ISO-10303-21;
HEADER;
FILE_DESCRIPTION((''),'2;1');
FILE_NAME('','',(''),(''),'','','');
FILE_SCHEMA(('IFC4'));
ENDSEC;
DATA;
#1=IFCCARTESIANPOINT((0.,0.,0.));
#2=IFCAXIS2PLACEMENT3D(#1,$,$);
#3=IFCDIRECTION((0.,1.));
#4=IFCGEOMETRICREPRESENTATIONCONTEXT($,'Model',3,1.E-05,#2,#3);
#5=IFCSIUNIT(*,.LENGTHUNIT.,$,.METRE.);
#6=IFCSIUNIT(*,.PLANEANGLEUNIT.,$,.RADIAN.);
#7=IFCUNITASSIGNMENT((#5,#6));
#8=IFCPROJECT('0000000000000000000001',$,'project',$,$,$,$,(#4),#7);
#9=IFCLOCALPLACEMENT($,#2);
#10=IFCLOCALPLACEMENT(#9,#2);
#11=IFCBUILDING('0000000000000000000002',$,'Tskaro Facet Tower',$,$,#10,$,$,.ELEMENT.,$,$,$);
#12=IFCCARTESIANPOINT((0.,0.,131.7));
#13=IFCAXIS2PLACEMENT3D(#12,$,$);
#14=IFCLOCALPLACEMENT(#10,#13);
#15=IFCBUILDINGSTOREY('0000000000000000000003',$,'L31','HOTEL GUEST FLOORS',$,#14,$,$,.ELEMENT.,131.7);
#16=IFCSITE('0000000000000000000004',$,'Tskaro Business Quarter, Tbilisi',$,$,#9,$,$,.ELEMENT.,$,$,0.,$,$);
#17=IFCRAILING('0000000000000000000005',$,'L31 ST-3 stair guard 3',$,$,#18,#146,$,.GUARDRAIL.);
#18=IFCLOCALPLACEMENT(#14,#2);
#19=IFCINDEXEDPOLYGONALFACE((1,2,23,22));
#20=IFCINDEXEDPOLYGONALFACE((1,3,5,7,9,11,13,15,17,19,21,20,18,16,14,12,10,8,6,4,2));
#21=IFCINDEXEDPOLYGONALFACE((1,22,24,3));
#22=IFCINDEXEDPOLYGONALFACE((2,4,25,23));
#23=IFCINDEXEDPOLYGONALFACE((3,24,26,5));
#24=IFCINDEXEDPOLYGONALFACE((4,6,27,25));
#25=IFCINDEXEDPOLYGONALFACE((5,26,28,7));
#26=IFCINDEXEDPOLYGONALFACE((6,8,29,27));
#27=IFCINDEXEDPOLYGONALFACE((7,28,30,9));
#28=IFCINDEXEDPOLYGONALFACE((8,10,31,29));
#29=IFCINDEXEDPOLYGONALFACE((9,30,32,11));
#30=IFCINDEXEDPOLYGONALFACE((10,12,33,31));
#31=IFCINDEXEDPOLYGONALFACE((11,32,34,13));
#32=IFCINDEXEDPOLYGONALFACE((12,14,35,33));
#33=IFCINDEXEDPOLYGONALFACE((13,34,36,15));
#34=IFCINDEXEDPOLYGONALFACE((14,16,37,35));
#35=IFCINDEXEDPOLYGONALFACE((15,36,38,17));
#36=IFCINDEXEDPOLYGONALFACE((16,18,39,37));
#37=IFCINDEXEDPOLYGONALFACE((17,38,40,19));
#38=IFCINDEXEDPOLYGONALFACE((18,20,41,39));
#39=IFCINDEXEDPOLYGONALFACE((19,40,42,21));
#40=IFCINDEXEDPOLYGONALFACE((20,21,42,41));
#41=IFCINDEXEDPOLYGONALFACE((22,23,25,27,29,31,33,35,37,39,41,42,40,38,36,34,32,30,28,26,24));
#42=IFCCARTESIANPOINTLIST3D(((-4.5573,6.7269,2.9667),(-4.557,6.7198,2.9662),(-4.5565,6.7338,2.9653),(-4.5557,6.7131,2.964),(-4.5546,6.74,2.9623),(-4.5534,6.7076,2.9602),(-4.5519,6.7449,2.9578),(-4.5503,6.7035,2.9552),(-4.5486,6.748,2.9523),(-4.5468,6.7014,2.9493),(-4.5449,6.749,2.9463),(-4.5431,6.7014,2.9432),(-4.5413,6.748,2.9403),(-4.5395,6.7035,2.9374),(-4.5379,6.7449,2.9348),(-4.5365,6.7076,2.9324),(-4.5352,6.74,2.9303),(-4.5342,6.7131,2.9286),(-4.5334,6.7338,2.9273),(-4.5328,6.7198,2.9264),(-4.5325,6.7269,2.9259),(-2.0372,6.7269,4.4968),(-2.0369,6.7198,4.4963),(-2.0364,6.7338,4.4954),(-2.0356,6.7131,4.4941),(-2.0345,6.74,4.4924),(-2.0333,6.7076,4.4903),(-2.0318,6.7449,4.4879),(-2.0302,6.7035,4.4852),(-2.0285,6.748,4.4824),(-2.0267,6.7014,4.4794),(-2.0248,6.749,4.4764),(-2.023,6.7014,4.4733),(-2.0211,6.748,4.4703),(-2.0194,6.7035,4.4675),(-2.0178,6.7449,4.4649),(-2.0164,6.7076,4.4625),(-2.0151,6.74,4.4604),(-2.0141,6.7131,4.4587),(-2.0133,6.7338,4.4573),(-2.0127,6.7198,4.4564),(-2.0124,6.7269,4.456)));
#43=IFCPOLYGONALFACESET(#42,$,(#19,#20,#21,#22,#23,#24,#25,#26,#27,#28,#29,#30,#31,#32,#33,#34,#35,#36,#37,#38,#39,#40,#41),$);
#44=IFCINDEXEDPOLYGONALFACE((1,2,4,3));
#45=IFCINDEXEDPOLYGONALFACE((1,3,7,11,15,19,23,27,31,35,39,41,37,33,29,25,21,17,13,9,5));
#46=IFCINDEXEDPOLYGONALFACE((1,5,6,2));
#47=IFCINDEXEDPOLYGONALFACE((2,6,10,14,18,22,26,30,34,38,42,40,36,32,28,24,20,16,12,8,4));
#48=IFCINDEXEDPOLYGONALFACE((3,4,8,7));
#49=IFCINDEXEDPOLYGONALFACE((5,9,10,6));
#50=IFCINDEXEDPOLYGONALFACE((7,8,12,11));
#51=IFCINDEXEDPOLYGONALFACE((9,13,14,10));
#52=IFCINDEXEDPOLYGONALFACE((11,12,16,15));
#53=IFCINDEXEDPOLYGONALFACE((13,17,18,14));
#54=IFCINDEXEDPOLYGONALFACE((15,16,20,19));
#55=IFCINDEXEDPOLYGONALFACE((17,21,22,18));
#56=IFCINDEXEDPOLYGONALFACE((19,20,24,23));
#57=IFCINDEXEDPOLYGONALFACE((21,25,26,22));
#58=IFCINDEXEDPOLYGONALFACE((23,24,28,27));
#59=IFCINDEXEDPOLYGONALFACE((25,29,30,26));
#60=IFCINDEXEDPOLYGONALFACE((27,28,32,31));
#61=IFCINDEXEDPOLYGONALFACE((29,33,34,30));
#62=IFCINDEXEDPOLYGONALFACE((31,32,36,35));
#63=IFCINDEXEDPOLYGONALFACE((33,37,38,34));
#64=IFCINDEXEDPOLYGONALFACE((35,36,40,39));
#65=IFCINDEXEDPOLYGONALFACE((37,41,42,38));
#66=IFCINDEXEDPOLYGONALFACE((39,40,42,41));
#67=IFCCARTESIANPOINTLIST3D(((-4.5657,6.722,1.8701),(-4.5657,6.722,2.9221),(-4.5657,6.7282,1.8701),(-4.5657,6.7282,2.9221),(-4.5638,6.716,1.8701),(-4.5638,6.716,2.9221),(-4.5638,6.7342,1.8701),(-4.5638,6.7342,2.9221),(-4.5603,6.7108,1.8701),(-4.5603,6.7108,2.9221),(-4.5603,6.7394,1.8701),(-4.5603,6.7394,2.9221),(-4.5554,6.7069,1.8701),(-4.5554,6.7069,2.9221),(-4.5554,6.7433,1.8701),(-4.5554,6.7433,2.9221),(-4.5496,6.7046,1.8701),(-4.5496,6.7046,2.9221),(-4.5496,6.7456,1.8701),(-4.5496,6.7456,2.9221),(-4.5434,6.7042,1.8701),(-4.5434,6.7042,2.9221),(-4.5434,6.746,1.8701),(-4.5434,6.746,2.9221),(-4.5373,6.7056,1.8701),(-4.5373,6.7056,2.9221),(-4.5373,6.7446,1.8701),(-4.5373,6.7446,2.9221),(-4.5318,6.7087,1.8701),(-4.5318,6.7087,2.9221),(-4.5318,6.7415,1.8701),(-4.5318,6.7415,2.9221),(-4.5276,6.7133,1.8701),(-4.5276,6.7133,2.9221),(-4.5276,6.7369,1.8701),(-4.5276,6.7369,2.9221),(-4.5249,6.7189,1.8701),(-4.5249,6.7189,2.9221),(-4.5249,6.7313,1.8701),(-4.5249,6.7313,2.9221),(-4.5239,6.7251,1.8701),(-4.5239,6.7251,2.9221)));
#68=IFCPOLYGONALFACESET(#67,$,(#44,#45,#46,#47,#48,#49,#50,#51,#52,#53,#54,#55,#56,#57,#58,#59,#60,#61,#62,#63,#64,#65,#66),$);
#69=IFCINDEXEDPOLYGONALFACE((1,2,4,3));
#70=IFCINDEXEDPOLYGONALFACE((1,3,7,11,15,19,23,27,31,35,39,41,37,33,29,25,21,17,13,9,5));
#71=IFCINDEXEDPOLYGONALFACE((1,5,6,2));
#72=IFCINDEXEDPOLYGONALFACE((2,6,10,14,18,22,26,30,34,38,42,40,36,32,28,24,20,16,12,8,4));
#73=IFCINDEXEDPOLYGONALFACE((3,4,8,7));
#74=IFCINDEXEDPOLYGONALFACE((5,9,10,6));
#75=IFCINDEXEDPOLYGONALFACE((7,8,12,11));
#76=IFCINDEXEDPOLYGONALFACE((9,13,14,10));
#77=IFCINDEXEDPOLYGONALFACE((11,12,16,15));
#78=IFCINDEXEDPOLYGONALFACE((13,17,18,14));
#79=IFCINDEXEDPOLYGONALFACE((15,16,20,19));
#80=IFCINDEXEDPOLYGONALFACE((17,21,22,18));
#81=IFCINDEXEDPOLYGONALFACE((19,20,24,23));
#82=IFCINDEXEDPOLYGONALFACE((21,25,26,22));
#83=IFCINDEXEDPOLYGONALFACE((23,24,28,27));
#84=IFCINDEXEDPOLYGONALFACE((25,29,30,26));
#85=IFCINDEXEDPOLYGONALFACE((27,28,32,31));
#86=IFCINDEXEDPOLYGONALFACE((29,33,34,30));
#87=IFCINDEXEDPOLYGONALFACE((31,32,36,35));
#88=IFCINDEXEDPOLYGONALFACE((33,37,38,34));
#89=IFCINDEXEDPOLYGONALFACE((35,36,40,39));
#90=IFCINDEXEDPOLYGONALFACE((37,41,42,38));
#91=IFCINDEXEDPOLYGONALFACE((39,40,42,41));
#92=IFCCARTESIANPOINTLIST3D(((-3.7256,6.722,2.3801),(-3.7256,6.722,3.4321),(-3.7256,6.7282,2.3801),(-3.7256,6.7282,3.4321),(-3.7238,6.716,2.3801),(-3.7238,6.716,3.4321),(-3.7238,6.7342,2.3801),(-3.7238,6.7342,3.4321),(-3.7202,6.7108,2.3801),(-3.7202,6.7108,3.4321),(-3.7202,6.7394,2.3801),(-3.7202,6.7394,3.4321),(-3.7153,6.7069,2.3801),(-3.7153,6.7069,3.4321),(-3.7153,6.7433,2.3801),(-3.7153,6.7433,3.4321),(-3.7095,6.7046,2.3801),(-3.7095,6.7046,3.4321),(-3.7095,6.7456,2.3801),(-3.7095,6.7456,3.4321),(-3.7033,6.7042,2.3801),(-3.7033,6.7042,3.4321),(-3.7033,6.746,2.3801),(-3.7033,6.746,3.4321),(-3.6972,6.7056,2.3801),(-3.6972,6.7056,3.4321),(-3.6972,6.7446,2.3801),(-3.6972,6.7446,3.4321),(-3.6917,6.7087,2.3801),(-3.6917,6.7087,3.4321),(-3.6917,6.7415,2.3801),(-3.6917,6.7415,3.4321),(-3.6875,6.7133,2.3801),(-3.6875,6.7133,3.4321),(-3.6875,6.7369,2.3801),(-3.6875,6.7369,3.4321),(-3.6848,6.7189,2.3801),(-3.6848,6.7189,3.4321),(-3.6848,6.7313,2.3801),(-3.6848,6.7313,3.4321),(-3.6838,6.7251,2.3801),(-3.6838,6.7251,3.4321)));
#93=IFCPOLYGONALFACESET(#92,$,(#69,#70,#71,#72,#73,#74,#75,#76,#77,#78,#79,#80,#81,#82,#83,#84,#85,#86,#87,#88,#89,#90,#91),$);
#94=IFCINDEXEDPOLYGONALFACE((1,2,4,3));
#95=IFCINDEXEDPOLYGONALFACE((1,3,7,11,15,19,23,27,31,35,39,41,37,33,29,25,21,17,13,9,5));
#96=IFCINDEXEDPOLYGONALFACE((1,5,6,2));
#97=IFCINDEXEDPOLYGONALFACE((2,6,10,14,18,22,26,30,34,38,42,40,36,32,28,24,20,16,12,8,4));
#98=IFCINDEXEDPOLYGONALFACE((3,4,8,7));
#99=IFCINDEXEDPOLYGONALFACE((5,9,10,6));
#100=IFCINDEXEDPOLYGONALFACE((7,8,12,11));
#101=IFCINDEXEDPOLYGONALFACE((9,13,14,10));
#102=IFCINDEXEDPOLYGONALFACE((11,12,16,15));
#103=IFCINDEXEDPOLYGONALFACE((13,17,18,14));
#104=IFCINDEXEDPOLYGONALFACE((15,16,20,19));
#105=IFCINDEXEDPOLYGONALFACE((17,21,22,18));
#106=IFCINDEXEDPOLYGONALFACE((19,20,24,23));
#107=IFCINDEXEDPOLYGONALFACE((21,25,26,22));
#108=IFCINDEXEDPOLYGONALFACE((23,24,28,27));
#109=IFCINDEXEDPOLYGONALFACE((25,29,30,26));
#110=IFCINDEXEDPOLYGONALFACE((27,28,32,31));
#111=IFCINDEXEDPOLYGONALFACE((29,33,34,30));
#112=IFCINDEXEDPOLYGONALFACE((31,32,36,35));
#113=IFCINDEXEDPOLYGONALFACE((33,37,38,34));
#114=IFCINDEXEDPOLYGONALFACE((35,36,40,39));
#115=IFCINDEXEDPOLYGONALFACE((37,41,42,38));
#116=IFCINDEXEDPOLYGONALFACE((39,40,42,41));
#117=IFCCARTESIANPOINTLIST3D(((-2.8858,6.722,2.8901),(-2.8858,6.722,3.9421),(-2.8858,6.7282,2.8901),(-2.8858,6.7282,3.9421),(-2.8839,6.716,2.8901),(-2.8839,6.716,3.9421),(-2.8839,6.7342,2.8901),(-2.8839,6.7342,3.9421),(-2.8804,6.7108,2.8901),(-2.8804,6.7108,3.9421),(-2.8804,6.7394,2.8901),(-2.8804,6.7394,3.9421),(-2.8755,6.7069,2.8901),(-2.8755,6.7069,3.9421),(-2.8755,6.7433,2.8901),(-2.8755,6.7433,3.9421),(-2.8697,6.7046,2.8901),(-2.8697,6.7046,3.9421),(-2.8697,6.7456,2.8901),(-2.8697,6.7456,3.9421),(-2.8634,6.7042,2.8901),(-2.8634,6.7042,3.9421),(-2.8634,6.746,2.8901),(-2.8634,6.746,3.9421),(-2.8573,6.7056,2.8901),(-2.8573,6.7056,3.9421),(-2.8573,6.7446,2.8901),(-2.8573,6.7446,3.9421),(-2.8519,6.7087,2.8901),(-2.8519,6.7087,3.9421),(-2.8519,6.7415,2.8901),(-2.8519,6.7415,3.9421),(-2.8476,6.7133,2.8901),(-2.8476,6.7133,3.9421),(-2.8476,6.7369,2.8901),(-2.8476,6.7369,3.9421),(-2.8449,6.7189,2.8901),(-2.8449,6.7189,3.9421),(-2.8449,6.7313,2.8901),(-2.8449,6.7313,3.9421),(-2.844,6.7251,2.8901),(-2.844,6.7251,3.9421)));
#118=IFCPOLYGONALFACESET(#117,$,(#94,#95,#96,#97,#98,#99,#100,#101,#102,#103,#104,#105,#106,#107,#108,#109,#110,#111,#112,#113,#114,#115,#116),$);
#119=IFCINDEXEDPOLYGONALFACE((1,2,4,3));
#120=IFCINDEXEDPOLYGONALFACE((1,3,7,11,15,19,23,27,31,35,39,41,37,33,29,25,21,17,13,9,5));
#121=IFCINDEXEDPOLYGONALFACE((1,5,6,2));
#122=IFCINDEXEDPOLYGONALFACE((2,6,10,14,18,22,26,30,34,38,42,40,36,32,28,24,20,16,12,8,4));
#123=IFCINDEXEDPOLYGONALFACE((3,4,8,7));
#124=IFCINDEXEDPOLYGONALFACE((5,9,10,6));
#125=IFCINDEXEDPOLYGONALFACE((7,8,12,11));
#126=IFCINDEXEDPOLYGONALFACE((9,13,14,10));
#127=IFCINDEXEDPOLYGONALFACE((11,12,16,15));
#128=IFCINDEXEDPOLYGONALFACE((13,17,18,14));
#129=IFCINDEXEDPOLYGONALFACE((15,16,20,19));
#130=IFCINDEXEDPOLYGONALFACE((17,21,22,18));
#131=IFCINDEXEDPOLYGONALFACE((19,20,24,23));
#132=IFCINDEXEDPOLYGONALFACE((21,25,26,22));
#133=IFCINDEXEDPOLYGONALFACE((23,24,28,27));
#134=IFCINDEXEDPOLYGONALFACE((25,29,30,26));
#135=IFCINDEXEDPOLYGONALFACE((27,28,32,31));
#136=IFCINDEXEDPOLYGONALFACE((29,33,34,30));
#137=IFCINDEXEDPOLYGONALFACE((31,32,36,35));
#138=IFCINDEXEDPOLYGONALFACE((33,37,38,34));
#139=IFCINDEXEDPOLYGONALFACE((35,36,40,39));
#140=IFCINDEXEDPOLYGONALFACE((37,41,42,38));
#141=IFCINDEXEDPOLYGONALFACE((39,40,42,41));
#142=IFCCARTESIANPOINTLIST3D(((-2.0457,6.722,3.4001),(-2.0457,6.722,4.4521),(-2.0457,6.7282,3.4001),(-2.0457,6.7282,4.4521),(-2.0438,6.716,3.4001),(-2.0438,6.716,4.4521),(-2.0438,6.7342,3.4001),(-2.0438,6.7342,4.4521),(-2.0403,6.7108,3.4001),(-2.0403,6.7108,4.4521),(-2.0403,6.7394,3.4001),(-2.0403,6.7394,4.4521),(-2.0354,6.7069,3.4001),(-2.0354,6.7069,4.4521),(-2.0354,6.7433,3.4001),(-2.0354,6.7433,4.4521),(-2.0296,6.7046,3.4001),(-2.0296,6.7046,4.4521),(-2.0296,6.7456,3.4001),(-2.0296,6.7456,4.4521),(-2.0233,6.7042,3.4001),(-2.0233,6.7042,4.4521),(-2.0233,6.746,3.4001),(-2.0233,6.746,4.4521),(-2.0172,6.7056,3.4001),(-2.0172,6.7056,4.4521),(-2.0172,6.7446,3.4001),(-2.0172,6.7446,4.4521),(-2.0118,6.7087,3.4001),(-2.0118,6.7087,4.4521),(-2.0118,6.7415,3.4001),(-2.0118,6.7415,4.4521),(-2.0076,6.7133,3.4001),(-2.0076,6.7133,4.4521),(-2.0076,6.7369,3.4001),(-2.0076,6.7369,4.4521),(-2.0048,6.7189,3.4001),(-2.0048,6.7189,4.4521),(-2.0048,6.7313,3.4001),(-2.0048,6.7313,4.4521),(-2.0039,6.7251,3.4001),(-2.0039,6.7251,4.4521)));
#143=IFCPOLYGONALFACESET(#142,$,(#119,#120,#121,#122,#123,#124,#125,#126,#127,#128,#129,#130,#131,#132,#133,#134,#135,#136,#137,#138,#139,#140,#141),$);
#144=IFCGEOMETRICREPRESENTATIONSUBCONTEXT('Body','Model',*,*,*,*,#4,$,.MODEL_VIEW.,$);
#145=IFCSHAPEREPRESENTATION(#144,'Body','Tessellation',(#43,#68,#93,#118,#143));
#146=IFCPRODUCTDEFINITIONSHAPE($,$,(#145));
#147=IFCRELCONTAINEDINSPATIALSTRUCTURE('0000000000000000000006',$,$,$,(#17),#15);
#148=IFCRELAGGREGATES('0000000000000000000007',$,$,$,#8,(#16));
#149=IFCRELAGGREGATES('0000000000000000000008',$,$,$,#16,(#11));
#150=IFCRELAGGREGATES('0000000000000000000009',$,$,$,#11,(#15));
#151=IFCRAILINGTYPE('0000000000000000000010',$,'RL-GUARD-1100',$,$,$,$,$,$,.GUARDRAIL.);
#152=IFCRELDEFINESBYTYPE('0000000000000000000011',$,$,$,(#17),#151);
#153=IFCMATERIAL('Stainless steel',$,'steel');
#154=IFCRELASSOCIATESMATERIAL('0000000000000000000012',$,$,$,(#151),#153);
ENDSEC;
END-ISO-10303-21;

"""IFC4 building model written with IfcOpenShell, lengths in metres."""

from ifc_helpers import new_model, si_unit, direction, frame, origin, origin_2d, place, context, subcontext, project, spatial, circle, extrude, material, type_object, element, save


model = new_model("IFC4")

# Units and contexts
model_context = context("Model", 3, precision=1e-05, world=origin(), true_north=direction((0.0, 1.0)))
body_context = subcontext(model_context, "Body", "Model", "MODEL_VIEW")
ifc_project = project(units=[si_unit("LENGTHUNIT", "METRE"), si_unit("PLANEANGLEUNIT", "RADIAN")], contexts=[model_context])

# Site, building, storey
site_placement = place(None, origin())
site = spatial("IfcSite", under=ifc_project, at=site_placement, Name="Tskaro Business Quarter, Tbilisi", CompositionType="ELEMENT", RefElevation=0.0)
building_placement = place(site_placement, origin())
building = spatial("IfcBuilding", under=site, at=building_placement, Name="Tskaro Facet Tower", CompositionType="ELEMENT")
storey_placement = place(building_placement, frame((0.0, 0.0, 131.7)))
storey = spatial("IfcBuildingStorey", under=building, at=storey_placement, Name="L31", Description="HOTEL GUEST FLOORS", CompositionType="ELEMENT", Elevation=131.7)

# Railing
ifc_material_1 = material(Name="Stainless steel", Category="steel")
railing_type_1 = type_object("IfcRailingType", Name="RL-GUARD-1100", PredefinedType="GUARDRAIL", material=ifc_material_1)
railing_1_placement = place(storey_placement, frame((-4.5449, 6.7251, 1.8701)))
element("IfcRailing", 1, at=railing_1_placement, inside=storey, type_object=railing_type_1, Name="L31 ST-3 stair guard 3", PredefinedType="GUARDRAIL", context=body_context, shape_type="SweptSolid", body=[
    extrude(circle(Radius=0.0239, at=origin_2d()), frame((0.0, 0.0, 1.0762), z_axis=(0.854785, 0.0, 0.518982), x_axis=(0.0, 1.0, 0.0)), (0.0, 0.0, 1.0), 2.9482),
    extrude(circle(Radius=0.021, at=origin_2d()), origin(), (0.0, 0.0, 1.0), 1.052),
    extrude(circle(Radius=0.021, at=origin_2d()), frame((0.8401, 0.0, 0.51)), (0.0, 0.0, 1.0), 1.052),
    extrude(circle(Radius=0.021, at=origin_2d()), frame((1.6799, 0.0, 1.02)), (0.0, 0.0, 1.0), 1.052),
    extrude(circle(Radius=0.021, at=origin_2d()), frame((2.52, 0.0, 1.53)), (0.0, 0.0, 1.0), 1.052),
])

save(model, "model.ifc")
